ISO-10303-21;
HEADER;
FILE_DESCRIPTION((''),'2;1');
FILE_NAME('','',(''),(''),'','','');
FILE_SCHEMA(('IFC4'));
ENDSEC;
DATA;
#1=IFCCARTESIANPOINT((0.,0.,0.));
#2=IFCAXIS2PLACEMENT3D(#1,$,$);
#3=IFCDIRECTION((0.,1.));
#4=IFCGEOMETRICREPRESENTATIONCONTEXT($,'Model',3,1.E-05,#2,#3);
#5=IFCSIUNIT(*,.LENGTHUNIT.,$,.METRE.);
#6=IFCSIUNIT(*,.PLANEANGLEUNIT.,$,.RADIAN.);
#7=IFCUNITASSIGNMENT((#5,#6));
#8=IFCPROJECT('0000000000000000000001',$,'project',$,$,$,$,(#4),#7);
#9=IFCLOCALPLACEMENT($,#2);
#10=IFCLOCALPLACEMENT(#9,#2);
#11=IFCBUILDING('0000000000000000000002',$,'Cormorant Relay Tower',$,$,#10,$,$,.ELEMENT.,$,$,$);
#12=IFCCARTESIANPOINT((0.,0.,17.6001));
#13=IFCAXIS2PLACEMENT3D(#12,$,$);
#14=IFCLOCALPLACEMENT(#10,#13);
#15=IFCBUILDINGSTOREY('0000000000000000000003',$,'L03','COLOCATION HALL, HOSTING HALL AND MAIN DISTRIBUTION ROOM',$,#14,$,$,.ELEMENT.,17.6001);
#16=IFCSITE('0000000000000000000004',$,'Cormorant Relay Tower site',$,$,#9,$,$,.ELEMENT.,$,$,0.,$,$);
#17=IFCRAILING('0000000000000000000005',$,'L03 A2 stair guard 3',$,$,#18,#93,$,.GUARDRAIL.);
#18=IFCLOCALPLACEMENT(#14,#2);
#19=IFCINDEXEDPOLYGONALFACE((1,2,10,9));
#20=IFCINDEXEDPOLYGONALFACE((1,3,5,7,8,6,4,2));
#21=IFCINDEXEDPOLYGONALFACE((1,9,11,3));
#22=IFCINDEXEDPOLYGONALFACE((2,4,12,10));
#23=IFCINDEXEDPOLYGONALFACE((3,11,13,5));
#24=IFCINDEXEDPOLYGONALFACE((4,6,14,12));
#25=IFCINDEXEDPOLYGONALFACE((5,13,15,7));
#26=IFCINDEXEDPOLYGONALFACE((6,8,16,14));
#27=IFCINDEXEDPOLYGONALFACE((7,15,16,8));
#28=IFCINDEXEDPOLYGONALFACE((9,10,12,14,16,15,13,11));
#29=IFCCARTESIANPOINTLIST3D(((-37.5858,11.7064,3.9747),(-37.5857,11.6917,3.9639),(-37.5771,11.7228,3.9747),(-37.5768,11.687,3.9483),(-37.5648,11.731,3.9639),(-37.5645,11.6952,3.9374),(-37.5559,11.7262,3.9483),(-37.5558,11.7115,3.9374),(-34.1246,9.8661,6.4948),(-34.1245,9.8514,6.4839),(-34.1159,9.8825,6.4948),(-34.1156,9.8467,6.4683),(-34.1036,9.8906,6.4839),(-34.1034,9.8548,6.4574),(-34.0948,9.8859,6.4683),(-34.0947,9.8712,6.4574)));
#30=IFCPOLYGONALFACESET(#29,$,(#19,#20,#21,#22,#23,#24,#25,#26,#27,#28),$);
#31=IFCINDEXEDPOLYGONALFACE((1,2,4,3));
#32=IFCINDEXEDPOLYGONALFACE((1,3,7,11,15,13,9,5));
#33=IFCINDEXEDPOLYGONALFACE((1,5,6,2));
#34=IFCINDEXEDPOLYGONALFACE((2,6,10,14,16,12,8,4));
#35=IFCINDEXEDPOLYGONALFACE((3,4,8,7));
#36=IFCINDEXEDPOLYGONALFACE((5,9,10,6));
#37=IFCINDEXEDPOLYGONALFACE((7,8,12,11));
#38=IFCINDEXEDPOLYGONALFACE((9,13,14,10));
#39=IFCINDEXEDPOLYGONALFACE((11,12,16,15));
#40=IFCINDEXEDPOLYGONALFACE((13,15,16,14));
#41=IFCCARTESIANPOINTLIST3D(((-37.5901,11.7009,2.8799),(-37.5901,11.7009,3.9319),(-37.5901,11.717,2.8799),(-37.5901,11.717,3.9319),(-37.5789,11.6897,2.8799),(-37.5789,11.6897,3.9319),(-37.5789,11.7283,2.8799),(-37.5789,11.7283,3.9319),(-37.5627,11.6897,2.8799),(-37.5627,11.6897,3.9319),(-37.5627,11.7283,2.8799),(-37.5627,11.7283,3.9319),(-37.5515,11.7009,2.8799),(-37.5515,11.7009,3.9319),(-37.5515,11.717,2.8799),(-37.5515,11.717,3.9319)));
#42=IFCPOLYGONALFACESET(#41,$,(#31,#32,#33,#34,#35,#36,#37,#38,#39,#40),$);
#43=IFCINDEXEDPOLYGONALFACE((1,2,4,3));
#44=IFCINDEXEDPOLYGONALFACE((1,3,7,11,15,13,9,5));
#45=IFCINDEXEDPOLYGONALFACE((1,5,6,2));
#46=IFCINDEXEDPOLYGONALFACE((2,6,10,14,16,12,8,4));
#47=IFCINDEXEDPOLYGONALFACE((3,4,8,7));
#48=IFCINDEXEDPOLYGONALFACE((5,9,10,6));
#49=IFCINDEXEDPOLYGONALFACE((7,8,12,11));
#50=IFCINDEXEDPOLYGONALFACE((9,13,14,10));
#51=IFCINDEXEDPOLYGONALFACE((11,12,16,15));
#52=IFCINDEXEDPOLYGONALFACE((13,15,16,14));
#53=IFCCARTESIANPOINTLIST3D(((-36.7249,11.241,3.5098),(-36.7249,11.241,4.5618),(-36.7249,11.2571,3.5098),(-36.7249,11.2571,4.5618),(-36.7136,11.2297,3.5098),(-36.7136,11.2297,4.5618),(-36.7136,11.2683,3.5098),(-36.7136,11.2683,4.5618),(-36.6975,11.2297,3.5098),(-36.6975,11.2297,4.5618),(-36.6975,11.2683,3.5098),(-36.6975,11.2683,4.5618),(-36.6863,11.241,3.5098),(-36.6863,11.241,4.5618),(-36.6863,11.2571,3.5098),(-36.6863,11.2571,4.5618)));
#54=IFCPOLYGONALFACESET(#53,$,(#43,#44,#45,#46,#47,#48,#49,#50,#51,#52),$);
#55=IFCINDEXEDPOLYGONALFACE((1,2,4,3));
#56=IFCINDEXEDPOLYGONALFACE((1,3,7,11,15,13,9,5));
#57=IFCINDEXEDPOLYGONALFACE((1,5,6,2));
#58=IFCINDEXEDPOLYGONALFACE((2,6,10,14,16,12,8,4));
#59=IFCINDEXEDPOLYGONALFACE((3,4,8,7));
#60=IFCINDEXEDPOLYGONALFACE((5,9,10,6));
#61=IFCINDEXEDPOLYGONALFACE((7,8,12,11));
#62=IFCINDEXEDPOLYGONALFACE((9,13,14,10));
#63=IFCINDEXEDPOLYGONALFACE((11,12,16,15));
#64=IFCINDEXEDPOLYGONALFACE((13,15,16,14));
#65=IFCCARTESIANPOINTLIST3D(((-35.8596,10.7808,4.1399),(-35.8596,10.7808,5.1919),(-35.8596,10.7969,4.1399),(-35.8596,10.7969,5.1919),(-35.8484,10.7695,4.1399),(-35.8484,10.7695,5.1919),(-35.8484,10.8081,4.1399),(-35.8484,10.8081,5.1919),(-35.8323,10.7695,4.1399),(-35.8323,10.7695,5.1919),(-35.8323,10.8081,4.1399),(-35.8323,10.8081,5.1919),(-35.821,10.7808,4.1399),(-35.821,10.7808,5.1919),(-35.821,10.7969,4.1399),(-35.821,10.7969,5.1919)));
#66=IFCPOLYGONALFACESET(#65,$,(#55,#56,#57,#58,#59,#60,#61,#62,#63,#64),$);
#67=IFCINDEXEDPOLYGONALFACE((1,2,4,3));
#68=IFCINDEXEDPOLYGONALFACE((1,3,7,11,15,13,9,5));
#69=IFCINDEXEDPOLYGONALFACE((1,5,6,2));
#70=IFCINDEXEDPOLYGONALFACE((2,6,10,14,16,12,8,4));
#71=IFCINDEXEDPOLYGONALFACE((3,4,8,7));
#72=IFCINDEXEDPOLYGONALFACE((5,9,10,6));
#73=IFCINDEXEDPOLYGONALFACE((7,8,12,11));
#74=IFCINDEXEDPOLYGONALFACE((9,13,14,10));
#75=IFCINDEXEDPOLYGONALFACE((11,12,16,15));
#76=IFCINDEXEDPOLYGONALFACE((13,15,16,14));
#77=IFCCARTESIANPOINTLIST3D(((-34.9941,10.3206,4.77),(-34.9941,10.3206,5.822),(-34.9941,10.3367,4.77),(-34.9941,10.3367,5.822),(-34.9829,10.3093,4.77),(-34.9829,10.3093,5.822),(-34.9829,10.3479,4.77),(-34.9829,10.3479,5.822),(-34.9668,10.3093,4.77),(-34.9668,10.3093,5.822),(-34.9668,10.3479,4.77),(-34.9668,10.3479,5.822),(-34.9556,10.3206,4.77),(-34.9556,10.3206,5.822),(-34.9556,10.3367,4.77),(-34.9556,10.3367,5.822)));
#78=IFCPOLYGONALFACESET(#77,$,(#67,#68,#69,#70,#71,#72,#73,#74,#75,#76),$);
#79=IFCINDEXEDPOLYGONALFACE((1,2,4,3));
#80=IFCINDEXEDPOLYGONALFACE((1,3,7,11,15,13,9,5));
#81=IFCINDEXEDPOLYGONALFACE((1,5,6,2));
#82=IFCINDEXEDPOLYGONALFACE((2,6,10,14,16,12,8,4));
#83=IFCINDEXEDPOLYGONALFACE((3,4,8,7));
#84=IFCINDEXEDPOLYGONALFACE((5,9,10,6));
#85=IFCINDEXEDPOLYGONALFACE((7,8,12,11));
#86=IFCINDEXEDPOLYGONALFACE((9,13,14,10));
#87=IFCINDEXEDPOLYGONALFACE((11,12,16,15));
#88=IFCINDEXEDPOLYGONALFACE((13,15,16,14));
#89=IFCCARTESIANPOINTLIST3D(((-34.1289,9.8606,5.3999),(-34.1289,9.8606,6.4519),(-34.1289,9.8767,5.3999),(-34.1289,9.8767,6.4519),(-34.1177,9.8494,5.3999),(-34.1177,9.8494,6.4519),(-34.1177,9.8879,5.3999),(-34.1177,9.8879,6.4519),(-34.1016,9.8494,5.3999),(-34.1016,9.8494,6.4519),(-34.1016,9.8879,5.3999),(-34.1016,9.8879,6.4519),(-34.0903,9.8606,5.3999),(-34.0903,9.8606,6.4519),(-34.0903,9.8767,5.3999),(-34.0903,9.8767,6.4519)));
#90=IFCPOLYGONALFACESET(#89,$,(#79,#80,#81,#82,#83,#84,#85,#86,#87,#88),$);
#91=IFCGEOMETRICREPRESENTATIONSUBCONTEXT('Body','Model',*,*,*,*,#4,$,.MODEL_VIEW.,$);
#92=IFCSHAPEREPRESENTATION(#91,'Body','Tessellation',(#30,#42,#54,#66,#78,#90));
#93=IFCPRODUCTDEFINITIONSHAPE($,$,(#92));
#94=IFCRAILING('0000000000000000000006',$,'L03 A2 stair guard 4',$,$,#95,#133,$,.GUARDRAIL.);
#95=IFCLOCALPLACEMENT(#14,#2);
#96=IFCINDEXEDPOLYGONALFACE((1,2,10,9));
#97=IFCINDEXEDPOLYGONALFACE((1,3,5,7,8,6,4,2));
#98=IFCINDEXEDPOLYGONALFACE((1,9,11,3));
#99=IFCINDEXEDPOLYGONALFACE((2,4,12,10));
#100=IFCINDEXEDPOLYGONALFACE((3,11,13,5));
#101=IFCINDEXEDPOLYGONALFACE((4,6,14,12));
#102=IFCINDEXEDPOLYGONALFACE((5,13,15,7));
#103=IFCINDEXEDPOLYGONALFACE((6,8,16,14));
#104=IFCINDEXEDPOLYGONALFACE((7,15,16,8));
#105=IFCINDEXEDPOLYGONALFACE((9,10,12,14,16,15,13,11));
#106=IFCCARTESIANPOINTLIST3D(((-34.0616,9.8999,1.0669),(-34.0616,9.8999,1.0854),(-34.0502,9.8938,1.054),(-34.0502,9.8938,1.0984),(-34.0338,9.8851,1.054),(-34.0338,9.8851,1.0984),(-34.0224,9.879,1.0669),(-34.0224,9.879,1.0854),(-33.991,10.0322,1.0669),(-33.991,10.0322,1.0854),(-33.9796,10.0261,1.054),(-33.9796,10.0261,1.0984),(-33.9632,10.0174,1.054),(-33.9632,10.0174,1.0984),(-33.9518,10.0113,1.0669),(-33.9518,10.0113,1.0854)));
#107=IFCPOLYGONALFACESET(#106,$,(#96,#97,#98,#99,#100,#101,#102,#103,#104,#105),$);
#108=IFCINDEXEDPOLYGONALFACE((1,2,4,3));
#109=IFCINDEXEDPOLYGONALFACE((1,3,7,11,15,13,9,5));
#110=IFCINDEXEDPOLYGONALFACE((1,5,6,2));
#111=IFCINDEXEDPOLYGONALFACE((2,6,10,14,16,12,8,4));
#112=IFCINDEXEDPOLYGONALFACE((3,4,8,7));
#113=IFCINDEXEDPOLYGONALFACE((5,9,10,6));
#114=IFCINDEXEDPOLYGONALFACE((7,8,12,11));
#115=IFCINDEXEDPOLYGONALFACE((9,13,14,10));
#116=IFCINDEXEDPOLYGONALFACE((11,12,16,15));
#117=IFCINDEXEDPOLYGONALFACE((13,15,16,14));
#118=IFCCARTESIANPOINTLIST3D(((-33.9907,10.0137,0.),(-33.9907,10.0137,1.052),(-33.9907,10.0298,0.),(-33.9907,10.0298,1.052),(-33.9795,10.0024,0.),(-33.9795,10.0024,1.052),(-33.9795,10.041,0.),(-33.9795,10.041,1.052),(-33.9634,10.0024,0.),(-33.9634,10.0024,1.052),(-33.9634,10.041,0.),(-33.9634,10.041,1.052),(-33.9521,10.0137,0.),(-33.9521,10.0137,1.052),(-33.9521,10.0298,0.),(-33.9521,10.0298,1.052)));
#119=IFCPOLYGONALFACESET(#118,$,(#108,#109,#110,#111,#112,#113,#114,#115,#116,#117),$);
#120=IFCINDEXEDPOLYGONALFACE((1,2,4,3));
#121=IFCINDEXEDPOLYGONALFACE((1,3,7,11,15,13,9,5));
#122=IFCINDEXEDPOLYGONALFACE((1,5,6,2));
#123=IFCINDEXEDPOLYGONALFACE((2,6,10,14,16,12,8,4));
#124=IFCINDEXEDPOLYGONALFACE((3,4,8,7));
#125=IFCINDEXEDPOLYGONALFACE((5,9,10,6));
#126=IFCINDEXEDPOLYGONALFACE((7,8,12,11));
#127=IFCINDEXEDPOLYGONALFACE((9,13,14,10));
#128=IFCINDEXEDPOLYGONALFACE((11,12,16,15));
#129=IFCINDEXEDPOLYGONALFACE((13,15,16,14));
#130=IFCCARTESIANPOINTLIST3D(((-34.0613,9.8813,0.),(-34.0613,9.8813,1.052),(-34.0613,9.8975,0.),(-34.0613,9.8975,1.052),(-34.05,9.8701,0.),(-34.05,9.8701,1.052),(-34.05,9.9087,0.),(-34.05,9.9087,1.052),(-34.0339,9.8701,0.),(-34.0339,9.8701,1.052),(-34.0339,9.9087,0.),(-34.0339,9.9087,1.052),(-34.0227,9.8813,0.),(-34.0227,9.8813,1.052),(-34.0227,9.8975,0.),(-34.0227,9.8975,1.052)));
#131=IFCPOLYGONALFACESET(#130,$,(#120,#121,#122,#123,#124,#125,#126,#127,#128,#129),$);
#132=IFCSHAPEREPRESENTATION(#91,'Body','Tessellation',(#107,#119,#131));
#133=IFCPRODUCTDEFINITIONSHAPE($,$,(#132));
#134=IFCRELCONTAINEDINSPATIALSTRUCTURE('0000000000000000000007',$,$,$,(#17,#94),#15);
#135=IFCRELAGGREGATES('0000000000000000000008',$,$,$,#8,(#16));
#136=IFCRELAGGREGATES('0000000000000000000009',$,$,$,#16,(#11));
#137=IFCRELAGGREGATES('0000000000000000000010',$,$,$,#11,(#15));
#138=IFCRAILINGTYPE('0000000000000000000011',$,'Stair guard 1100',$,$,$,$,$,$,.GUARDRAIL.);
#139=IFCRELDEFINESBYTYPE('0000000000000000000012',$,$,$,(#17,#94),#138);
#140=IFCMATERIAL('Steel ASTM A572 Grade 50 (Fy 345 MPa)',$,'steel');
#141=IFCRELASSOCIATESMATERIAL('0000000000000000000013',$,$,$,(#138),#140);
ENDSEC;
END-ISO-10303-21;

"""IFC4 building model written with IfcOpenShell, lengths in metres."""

from ifc_helpers import new_model, si_unit, direction, frame, origin, place, context, subcontext, project, spatial, polyline, outline, extrude, material, type_object, element, save


model = new_model("IFC4")

# Units and contexts
model_context = context("Model", 3, precision=1e-05, world=origin(), true_north=direction((0.0, 1.0)))
body_context = subcontext(model_context, "Body", "Model", "MODEL_VIEW")
ifc_project = project(units=[si_unit("LENGTHUNIT", "METRE"), si_unit("PLANEANGLEUNIT", "RADIAN")], contexts=[model_context])

# Site, building, storey
site_placement = place(None, origin())
site = spatial("IfcSite", under=ifc_project, at=site_placement, Name="Cormorant Relay Tower site", CompositionType="ELEMENT", RefElevation=0.0)
building_placement = place(site_placement, origin())
building = spatial("IfcBuilding", under=site, at=building_placement, Name="Cormorant Relay Tower", CompositionType="ELEMENT")
storey_placement = place(building_placement, frame((0.0, 0.0, 17.6001)))
storey = spatial("IfcBuildingStorey", under=building, at=storey_placement, Name="L03", Description="COLOCATION HALL, HOSTING HALL AND MAIN DISTRIBUTION ROOM", CompositionType="ELEMENT", Elevation=17.6001)

# Railings
ifc_material_1 = material(Name="Steel ASTM A572 Grade 50 (Fy 345 MPa)", Category="steel")
railing_type_1 = type_object("IfcRailingType", Name="Stair guard 1100", PredefinedType="GUARDRAIL", material=ifc_material_1)
railing_1_placement = place(storey_placement, frame((-37.5708, 11.709, 2.8799)))
element("IfcRailing", 1, at=railing_1_placement, inside=storey, type_object=railing_type_1, Name="L03 A2 stair guard 3", PredefinedType="GUARDRAIL", context=body_context, shape_type="SweptSolid", body=[
    extrude(outline(polyline([(0.0222, 0.0093), (0.0093, 0.0222), (-0.0093, 0.0222), (-0.0222, 0.0093), (-0.0222, -0.0093), (-0.0093, -0.0222), (0.0093, -0.0222), (0.0222, -0.0093), (0.0222, 0.0093)])), frame((0.0, 0.0, 1.0762), z_axis=(0.742717, -0.394907, 0.540758), x_axis=(0.469469, 0.882949, 0.0)), (0.0, 0.0, 1.0), 4.6602),
    extrude(outline(polyline([(0.0193, 0.0081), (0.0081, 0.0193), (-0.0081, 0.0193), (-0.0193, 0.0081), (-0.0193, -0.0081), (-0.0081, -0.0193), (0.0081, -0.0193), (0.0193, -0.0081), (0.0193, 0.0081)])), origin(), (0.0, 0.0, 1.0), 1.052),
    extrude(outline(polyline([(0.0193, 0.0081), (0.0081, 0.0193), (-0.0081, 0.0193), (-0.0193, 0.0081), (-0.0193, -0.0081), (-0.0081, -0.0193), (0.0081, -0.0193), (0.0193, -0.0081), (0.0193, 0.0081)])), frame((0.8652, -0.46, 0.6299)), (0.0, 0.0, 1.0), 1.052),
    extrude(outline(polyline([(0.0193, 0.0081), (0.0081, 0.0193), (-0.0081, 0.0193), (-0.0193, 0.0081), (-0.0193, -0.0081), (-0.0081, -0.0193), (0.0081, -0.0193), (0.0193, -0.0081), (0.0193, 0.0081)])), frame((1.7305, -0.9202, 1.26)), (0.0, 0.0, 1.0), 1.052),
    extrude(outline(polyline([(0.0193, 0.0081), (0.0081, 0.0193), (-0.0081, 0.0193), (-0.0193, 0.0081), (-0.0193, -0.0081), (-0.0081, -0.0193), (0.0081, -0.0193), (0.0193, -0.0081), (0.0193, 0.0081)])), frame((2.5959, -1.3804, 1.8901)), (0.0, 0.0, 1.0), 1.052),
    extrude(outline(polyline([(0.0193, 0.0081), (0.0081, 0.0193), (-0.0081, 0.0193), (-0.0193, 0.0081), (-0.0193, -0.0081), (-0.0081, -0.0193), (0.0081, -0.0193), (0.0193, -0.0081), (0.0193, 0.0081)])), frame((3.4612, -1.8403, 2.52)), (0.0, 0.0, 1.0), 1.052),
])
railing_2_placement = place(storey_placement, frame((-33.9714, 10.0217, 0.0)))
element("IfcRailing", 2, at=railing_2_placement, inside=storey, type_object=railing_type_1, Name="L03 A2 stair guard 4", PredefinedType="GUARDRAIL", context=body_context, shape_type="SweptSolid", body=[
    extrude(outline(polyline([(0.0222, 0.0093), (0.0093, 0.0222), (-0.0093, 0.0222), (-0.0222, 0.0093), (-0.0222, -0.0093), (-0.0093, -0.0222), (0.0093, -0.0222), (0.0222, -0.0093), (0.0222, 0.0093)])), frame((0.0, 0.0, 1.0762), z_axis=(-0.470504, -0.882398, 0.0), x_axis=(0.882398, -0.470504, 0.0)), (0.0, 0.0, 1.0), 0.1499),
    extrude(outline(polyline([(0.0193, 0.0081), (0.0081, 0.0193), (-0.0081, 0.0193), (-0.0193, 0.0081), (-0.0193, -0.0081), (-0.0081, -0.0193), (0.0081, -0.0193), (0.0193, -0.0081), (0.0193, 0.0081)])), origin(), (0.0, 0.0, 1.0), 1.052),
    extrude(outline(polyline([(0.0193, 0.0081), (0.0081, 0.0193), (-0.0081, 0.0193), (-0.0193, 0.0081), (-0.0193, -0.0081), (-0.0081, -0.0193), (0.0081, -0.0193), (0.0193, -0.0081), (0.0193, 0.0081)])), frame((-0.0706, -0.1323, 0.0)), (0.0, 0.0, 1.0), 1.052),
])

save(model, "model.ifc")
